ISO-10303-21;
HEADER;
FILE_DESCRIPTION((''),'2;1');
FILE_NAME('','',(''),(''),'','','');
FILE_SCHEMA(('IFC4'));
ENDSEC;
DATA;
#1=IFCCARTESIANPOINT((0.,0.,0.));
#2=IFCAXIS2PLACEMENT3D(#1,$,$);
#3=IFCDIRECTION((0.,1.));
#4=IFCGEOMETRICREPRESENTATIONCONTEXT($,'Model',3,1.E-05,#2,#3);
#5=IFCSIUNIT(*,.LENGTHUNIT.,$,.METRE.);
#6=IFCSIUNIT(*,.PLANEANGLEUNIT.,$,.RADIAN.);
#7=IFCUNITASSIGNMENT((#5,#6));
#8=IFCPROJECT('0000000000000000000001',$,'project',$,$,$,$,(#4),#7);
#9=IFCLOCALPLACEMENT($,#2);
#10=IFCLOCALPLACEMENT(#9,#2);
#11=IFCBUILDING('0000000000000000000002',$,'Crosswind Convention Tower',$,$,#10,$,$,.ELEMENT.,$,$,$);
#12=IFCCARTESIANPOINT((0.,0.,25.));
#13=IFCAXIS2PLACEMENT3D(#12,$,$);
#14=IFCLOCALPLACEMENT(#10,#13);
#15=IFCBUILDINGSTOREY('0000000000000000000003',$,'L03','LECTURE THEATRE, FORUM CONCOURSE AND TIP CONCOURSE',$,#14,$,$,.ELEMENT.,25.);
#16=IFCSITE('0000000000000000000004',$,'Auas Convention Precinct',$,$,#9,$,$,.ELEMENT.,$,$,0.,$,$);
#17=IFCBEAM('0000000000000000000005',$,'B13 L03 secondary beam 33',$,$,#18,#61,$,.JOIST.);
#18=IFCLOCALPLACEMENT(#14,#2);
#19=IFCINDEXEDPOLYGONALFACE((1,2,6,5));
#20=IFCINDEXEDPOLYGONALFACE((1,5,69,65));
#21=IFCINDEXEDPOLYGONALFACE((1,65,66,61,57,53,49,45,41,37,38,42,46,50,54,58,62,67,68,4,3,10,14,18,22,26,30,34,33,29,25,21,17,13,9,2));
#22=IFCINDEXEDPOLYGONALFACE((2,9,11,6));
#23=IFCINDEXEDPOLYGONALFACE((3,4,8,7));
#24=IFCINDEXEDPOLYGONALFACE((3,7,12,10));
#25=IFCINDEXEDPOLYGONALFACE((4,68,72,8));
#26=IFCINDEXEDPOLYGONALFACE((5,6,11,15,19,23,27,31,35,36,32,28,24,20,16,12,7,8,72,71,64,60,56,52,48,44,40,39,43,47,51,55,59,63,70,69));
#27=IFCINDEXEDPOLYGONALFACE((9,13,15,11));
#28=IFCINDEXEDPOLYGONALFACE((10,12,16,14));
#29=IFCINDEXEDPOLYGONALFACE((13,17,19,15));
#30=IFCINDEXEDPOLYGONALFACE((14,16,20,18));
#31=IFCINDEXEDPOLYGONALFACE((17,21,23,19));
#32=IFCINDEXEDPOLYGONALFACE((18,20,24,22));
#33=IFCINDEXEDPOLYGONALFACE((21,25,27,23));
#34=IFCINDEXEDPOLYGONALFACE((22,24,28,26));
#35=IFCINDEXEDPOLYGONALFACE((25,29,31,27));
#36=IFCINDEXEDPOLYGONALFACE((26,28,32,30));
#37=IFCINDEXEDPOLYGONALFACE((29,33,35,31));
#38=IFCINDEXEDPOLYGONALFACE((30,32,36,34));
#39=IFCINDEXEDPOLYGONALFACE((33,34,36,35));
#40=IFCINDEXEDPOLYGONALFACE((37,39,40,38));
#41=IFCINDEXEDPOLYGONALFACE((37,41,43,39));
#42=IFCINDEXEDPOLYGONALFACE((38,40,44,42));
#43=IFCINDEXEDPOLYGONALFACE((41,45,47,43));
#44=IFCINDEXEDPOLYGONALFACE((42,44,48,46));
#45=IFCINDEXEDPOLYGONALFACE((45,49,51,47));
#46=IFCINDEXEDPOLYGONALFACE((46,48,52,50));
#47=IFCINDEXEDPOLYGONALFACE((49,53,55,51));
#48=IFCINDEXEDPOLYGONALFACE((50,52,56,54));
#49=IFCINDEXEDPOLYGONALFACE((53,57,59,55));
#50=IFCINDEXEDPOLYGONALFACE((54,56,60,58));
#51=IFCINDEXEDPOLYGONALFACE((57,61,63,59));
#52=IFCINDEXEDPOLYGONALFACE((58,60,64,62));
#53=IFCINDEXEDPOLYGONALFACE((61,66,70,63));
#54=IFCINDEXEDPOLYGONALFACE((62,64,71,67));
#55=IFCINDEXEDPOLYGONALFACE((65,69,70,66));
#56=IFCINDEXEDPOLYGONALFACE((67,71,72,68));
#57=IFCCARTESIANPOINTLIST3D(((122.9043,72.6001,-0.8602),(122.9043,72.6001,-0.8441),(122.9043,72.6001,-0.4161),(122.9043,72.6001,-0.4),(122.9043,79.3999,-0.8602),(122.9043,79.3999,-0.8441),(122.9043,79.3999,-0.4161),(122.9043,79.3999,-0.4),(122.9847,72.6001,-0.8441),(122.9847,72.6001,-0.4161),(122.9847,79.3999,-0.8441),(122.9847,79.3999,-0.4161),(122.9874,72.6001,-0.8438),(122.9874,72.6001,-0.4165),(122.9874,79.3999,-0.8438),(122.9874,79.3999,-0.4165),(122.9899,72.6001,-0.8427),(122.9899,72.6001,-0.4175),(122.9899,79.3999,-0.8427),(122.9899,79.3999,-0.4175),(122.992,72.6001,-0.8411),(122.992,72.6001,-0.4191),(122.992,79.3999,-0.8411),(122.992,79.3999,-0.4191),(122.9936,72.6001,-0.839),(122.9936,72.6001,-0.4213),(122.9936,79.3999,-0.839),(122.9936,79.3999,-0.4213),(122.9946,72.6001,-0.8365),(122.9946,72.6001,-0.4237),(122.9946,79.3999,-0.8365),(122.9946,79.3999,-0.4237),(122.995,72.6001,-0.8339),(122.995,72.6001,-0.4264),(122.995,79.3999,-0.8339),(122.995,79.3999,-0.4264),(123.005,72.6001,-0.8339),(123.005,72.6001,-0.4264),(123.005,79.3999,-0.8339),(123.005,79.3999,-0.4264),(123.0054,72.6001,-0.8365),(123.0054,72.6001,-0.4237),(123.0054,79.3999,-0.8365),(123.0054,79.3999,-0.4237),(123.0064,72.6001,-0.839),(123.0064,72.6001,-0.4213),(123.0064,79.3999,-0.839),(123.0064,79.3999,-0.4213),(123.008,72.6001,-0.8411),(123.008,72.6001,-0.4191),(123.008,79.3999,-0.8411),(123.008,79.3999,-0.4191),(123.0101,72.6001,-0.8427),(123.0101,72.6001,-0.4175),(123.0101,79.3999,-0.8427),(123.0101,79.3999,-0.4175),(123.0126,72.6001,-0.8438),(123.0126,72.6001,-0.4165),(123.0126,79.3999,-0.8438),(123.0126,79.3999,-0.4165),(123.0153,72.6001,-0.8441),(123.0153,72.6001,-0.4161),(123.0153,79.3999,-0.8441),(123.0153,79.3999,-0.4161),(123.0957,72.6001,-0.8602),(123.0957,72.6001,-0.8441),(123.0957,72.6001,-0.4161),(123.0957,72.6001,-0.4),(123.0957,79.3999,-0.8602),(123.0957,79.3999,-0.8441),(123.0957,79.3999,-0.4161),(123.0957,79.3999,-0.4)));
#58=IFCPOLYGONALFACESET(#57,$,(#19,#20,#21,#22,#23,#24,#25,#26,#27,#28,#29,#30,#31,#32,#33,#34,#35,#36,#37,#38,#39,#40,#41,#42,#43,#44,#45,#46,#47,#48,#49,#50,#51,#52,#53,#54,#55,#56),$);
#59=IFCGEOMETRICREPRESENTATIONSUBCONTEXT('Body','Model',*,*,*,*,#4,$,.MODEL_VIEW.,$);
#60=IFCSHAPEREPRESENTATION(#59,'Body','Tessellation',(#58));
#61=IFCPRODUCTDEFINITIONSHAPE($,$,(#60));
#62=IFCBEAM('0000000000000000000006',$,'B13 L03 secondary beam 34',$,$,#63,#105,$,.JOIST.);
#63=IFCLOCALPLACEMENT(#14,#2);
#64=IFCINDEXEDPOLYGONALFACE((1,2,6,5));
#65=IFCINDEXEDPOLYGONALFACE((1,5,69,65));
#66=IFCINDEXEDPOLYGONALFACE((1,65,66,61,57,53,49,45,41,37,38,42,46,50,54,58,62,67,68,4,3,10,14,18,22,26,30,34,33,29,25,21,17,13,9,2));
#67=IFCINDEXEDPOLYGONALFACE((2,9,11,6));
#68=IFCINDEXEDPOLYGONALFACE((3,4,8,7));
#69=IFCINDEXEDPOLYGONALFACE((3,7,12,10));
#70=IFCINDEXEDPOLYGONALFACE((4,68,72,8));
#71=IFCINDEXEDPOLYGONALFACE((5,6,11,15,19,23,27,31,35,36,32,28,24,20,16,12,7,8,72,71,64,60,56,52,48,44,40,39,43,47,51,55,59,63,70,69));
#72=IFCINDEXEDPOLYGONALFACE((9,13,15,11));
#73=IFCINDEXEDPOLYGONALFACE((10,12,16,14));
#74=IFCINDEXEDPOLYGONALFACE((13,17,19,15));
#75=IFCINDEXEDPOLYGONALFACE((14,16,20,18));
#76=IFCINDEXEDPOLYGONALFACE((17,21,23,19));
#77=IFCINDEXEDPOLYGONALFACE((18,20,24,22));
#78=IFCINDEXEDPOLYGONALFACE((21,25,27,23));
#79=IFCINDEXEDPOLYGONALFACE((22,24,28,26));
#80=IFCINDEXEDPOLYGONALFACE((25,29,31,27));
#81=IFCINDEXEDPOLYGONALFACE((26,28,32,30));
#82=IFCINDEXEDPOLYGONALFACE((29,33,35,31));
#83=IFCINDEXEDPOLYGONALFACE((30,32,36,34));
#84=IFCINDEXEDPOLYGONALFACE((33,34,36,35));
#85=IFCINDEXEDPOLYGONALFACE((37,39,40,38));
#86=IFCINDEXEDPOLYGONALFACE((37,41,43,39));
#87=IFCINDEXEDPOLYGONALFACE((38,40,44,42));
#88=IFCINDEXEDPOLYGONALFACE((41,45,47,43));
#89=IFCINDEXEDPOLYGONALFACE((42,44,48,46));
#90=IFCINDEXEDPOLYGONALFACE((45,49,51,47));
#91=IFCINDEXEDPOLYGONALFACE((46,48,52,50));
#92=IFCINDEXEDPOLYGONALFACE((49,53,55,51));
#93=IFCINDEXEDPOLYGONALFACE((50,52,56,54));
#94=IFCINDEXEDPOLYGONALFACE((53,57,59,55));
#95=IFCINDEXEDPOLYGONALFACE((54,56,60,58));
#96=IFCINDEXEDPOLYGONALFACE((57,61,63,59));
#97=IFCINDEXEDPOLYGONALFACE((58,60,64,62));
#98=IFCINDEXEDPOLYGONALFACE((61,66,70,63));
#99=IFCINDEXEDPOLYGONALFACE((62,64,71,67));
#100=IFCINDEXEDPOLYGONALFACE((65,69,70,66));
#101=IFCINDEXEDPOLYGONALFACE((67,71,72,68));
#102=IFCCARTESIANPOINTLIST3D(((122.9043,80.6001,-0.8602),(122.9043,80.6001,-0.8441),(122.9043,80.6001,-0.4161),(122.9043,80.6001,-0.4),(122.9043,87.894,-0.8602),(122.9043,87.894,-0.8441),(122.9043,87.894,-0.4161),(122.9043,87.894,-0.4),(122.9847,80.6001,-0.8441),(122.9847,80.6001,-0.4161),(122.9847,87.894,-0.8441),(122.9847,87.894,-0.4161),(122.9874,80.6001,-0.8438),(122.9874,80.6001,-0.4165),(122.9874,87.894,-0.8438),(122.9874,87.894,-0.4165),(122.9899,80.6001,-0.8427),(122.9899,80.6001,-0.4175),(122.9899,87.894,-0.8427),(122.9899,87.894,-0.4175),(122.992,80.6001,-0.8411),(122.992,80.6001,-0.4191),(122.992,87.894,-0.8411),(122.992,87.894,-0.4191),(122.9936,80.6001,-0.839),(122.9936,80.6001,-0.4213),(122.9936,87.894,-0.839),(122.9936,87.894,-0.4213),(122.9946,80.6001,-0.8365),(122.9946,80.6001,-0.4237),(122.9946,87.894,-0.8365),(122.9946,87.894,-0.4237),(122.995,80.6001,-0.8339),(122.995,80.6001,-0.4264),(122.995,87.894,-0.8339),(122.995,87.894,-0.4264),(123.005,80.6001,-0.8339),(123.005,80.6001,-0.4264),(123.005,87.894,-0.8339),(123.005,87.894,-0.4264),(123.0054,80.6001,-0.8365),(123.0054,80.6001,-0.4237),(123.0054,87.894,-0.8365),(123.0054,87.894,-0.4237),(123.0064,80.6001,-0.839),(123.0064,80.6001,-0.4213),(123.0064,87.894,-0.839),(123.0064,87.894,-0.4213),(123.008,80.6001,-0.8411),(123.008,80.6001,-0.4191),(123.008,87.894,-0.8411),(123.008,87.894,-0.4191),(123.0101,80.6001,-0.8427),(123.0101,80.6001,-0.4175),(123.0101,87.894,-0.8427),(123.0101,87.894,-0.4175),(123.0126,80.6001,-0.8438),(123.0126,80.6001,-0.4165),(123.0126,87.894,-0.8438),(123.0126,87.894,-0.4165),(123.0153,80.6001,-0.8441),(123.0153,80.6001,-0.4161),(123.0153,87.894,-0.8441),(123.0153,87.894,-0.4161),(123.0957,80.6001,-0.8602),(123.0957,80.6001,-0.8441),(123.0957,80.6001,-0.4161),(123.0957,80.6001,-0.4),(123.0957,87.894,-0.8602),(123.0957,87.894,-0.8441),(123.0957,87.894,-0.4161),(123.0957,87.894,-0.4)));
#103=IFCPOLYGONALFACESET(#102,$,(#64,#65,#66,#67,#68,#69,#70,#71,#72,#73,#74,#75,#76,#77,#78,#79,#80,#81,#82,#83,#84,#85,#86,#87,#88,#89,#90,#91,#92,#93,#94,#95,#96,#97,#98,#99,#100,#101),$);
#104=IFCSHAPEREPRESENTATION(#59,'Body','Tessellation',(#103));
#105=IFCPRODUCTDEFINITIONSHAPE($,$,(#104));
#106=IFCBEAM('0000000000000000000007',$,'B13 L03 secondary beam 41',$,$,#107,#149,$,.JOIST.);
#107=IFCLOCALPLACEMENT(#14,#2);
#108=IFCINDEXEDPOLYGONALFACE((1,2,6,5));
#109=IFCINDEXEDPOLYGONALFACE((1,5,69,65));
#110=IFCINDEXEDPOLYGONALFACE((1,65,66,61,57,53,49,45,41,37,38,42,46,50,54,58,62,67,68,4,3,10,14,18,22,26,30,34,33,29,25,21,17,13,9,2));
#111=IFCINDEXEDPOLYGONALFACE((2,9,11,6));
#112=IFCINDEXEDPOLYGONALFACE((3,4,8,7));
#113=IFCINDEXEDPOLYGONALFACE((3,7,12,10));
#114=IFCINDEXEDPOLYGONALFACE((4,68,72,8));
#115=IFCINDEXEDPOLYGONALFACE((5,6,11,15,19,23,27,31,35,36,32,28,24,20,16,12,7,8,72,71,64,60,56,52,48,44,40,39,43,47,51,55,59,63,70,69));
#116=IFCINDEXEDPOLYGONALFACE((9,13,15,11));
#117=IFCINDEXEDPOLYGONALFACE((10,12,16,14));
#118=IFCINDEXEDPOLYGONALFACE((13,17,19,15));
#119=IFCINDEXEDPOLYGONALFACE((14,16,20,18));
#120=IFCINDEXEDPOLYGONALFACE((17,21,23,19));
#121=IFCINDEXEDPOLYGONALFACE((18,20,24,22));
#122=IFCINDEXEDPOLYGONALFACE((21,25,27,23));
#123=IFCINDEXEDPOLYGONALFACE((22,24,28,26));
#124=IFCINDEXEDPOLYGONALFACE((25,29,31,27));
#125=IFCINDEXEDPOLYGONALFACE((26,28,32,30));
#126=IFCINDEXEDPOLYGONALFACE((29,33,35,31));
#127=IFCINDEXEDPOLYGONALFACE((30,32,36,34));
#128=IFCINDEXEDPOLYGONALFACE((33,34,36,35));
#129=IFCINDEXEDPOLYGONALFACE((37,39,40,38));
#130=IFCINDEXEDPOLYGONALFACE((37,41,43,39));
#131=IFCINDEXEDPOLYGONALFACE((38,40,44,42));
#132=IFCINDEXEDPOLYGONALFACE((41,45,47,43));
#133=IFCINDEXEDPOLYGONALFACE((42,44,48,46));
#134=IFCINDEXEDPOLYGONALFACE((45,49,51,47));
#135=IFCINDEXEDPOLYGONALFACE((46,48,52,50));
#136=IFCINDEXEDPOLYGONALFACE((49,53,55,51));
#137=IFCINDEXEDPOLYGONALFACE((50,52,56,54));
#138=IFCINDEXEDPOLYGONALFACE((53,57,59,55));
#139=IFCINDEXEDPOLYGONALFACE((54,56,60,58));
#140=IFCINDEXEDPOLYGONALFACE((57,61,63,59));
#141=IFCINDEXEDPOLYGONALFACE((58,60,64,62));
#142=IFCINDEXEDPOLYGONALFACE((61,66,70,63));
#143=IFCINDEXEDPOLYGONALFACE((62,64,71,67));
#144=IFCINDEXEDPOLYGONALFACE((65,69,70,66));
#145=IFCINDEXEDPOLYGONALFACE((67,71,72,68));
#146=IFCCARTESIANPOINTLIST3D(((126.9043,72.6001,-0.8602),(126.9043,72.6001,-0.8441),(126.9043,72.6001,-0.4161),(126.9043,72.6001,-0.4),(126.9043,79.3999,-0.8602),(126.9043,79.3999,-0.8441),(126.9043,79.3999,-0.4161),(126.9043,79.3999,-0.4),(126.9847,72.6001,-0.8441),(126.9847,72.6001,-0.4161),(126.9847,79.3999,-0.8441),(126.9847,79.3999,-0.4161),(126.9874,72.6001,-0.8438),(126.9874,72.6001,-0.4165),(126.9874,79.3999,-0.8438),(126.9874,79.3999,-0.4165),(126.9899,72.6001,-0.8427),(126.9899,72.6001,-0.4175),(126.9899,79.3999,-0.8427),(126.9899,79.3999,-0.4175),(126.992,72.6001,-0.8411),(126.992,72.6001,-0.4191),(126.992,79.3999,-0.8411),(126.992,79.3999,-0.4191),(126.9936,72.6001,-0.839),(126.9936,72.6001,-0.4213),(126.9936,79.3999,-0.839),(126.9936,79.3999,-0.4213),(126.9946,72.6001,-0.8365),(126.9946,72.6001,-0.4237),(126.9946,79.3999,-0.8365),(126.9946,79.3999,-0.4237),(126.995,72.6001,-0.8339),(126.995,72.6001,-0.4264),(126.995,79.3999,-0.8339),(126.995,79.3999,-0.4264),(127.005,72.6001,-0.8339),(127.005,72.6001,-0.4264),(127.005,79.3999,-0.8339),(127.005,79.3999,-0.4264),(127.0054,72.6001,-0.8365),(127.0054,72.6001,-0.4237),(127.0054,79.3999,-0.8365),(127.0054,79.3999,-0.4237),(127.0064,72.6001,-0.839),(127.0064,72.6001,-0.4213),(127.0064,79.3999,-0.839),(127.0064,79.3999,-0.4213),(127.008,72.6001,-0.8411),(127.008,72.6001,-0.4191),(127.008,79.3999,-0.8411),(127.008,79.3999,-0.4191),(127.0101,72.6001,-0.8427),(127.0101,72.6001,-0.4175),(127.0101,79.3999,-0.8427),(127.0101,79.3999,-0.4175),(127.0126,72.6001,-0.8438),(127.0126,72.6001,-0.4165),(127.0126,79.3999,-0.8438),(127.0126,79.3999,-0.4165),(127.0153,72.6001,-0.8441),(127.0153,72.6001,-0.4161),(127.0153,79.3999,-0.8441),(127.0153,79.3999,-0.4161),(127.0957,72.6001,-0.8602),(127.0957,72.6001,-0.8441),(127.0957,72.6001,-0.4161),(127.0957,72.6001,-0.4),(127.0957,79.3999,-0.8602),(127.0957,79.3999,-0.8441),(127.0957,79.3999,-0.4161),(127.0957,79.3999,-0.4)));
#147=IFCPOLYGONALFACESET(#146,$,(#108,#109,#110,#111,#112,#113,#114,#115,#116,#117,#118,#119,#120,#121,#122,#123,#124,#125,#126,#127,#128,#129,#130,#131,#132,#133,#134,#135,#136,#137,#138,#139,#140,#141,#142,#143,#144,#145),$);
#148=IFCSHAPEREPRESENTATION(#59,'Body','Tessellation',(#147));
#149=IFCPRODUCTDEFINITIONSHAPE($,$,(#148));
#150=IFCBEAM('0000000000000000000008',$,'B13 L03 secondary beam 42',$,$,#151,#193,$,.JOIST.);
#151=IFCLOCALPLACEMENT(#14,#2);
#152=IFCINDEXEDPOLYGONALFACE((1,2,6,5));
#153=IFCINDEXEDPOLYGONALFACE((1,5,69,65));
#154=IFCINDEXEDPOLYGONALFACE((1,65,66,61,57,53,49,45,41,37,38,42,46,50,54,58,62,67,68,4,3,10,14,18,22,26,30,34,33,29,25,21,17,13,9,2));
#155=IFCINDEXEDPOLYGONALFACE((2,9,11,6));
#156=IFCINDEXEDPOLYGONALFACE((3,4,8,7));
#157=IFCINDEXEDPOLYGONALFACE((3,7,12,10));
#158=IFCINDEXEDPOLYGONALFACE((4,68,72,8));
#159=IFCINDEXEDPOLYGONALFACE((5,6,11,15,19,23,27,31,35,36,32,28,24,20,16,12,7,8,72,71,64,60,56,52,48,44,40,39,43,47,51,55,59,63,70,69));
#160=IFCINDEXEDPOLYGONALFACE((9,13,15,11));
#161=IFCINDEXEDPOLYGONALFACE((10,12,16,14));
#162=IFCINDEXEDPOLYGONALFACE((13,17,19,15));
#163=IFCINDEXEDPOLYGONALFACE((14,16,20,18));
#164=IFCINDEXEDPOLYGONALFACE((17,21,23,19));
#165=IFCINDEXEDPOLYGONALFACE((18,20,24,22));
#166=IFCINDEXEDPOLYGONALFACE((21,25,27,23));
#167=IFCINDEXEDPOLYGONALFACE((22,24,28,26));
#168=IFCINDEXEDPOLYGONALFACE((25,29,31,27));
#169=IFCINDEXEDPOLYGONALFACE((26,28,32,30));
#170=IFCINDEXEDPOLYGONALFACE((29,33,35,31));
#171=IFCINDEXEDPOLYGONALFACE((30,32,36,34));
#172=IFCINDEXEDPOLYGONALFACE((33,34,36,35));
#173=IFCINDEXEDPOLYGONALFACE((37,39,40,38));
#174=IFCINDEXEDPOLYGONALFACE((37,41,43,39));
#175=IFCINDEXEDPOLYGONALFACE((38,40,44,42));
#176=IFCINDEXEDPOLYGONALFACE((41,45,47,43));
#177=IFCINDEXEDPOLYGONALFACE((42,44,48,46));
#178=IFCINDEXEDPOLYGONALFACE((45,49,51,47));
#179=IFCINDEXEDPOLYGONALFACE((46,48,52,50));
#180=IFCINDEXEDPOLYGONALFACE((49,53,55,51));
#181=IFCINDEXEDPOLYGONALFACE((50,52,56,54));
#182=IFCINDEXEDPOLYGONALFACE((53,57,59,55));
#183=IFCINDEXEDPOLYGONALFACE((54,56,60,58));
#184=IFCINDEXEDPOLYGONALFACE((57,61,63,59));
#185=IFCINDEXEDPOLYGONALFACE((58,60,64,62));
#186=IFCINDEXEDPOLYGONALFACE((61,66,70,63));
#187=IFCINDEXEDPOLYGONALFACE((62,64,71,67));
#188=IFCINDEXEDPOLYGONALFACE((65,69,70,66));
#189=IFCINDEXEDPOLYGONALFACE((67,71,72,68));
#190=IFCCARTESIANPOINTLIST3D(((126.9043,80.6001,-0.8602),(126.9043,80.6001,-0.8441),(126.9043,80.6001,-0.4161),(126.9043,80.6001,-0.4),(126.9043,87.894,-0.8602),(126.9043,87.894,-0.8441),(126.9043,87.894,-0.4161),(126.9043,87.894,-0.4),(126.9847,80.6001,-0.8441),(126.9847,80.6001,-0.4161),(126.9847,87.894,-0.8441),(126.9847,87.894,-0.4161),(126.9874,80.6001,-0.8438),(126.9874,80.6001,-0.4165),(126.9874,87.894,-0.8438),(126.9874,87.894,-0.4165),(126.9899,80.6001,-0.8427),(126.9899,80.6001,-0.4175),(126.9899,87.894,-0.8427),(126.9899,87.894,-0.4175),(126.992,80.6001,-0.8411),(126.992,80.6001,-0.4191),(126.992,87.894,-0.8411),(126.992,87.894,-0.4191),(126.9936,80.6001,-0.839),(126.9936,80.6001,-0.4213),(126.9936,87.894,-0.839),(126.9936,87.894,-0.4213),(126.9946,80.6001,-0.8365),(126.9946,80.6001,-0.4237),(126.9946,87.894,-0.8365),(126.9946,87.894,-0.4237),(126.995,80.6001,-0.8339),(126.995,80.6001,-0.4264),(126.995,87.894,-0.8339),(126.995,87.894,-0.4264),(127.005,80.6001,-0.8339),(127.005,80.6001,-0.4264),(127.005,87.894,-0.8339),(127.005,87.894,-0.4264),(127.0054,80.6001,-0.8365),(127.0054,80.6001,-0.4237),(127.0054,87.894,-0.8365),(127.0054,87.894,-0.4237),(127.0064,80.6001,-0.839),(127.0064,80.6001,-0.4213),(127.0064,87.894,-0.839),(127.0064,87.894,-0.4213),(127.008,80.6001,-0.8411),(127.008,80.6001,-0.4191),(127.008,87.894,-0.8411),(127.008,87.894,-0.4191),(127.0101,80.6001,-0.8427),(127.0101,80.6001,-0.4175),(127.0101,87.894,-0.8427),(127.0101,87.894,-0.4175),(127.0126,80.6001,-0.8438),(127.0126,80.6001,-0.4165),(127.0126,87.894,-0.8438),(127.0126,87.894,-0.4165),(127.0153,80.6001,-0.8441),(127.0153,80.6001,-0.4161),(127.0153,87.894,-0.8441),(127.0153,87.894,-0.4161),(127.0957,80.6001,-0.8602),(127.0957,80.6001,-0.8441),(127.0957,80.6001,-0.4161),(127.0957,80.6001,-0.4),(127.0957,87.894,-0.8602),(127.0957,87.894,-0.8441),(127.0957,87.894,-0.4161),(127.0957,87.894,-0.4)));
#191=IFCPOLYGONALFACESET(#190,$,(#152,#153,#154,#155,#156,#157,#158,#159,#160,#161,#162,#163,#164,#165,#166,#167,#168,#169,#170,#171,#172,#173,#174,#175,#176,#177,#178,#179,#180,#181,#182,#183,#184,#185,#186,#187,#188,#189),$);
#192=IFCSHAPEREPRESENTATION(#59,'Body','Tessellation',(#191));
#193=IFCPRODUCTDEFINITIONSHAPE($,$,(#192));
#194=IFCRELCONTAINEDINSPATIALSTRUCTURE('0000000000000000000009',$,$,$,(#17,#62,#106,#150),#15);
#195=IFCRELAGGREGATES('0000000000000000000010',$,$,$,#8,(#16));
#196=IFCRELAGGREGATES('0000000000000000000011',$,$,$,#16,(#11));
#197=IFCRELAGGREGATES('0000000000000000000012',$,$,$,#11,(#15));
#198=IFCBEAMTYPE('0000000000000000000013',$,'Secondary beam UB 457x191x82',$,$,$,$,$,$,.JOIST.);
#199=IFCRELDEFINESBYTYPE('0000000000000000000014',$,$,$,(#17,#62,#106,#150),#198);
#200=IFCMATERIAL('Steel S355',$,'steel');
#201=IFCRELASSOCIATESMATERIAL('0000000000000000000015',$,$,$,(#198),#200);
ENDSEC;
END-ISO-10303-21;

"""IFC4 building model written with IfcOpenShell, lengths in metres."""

from ifc_helpers import new_model, si_unit, direction, frame, origin, origin_2d, place, context, subcontext, project, spatial, i_section, extrude, material, material_profile, profile_set, type_object, element, save


model = new_model("IFC4")

# Units and contexts
model_context = context("Model", 3, precision=1e-05, world=origin(), true_north=direction((0.0, 1.0)))
body_context = subcontext(model_context, "Body", "Model", "MODEL_VIEW")
ifc_project = project(units=[si_unit("LENGTHUNIT", "METRE"), si_unit("PLANEANGLEUNIT", "RADIAN")], contexts=[model_context])

# Site, building, storey
site_placement = place(None, origin())
site = spatial("IfcSite", under=ifc_project, at=site_placement, Name="Auas Convention Precinct", CompositionType="ELEMENT", RefElevation=0.0)
building_placement = place(site_placement, origin())
building = spatial("IfcBuilding", under=site, at=building_placement, Name="Crosswind Convention Tower", CompositionType="ELEMENT")
storey_placement = place(building_placement, frame((0.0, 0.0, 25.0)))
storey = spatial("IfcBuildingStorey", under=building, at=storey_placement, Name="L03", Description="LECTURE THEATRE, FORUM CONCOURSE AND TIP CONCOURSE", CompositionType="ELEMENT", Elevation=25.0)

# Shared definitions
ifc_material_1 = material(Name="Steel S355", Category="steel")

# Beams
ifc_material_profile_1 = material_profile(ifc_material_1, i_section(OverallWidth=0.1914, OverallDepth=0.4602, WebThickness=0.01, FlangeThickness=0.0161, FilletRadius=0.0103, at=origin_2d()), Name="UB 457x191x82")
ifc_profile_set_1 = profile_set([ifc_material_profile_1], Name="Steel S355")
beam_type_1 = type_object("IfcBeamType", Name="Secondary beam UB 457x191x82", PredefinedType="JOIST", material=ifc_profile_set_1)
beam_1_placement = place(storey_placement, frame((123.0, 72.6001, -0.6301), z_axis=(0.0, 1.0, 0.0), x_axis=(-1.0, 0.0, 0.0)))
element("IfcBeam", 1, at=beam_1_placement, inside=storey, type_object=beam_type_1, Name="B13 L03 secondary beam 33", PredefinedType="JOIST", context=body_context, shape_type="SweptSolid", body=[
    extrude(i_section(OverallWidth=0.1914, OverallDepth=0.4602, WebThickness=0.01, FlangeThickness=0.0161, FilletRadius=0.0103, at=origin_2d()), origin(), (0.0, 0.0, 1.0), 6.7998),
])
beam_2_placement = place(storey_placement, frame((123.0, 80.6001, -0.6301), z_axis=(0.0, 1.0, 0.0), x_axis=(-1.0, 0.0, 0.0)))
element("IfcBeam", 2, at=beam_2_placement, inside=storey, type_object=beam_type_1, Name="B13 L03 secondary beam 34", PredefinedType="JOIST", context=body_context, shape_type="SweptSolid", body=[
    extrude(i_section(OverallWidth=0.1914, OverallDepth=0.4602, WebThickness=0.01, FlangeThickness=0.0161, FilletRadius=0.0103, at=origin_2d()), origin(), (0.0, 0.0, 1.0), 7.2939),
])
beam_3_placement = place(storey_placement, frame((127.0, 72.6001, -0.6301), z_axis=(0.0, 1.0, 0.0), x_axis=(-1.0, 0.0, 0.0)))
element("IfcBeam", 3, at=beam_3_placement, inside=storey, type_object=beam_type_1, Name="B13 L03 secondary beam 41", PredefinedType="JOIST", context=body_context, shape_type="SweptSolid", body=[
    extrude(i_section(OverallWidth=0.1914, OverallDepth=0.4602, WebThickness=0.01, FlangeThickness=0.0161, FilletRadius=0.0103, at=origin_2d()), origin(), (0.0, 0.0, 1.0), 6.7998),
])
beam_4_placement = place(storey_placement, frame((127.0, 80.6001, -0.6301), z_axis=(0.0, 1.0, 0.0), x_axis=(-1.0, 0.0, 0.0)))
element("IfcBeam", 4, at=beam_4_placement, inside=storey, type_object=beam_type_1, Name="B13 L03 secondary beam 42", PredefinedType="JOIST", context=body_context, shape_type="SweptSolid", body=[
    extrude(i_section(OverallWidth=0.1914, OverallDepth=0.4602, WebThickness=0.01, FlangeThickness=0.0161, FilletRadius=0.0103, at=origin_2d()), origin(), (0.0, 0.0, 1.0), 7.2939),
])

save(model, "model.ifc")
